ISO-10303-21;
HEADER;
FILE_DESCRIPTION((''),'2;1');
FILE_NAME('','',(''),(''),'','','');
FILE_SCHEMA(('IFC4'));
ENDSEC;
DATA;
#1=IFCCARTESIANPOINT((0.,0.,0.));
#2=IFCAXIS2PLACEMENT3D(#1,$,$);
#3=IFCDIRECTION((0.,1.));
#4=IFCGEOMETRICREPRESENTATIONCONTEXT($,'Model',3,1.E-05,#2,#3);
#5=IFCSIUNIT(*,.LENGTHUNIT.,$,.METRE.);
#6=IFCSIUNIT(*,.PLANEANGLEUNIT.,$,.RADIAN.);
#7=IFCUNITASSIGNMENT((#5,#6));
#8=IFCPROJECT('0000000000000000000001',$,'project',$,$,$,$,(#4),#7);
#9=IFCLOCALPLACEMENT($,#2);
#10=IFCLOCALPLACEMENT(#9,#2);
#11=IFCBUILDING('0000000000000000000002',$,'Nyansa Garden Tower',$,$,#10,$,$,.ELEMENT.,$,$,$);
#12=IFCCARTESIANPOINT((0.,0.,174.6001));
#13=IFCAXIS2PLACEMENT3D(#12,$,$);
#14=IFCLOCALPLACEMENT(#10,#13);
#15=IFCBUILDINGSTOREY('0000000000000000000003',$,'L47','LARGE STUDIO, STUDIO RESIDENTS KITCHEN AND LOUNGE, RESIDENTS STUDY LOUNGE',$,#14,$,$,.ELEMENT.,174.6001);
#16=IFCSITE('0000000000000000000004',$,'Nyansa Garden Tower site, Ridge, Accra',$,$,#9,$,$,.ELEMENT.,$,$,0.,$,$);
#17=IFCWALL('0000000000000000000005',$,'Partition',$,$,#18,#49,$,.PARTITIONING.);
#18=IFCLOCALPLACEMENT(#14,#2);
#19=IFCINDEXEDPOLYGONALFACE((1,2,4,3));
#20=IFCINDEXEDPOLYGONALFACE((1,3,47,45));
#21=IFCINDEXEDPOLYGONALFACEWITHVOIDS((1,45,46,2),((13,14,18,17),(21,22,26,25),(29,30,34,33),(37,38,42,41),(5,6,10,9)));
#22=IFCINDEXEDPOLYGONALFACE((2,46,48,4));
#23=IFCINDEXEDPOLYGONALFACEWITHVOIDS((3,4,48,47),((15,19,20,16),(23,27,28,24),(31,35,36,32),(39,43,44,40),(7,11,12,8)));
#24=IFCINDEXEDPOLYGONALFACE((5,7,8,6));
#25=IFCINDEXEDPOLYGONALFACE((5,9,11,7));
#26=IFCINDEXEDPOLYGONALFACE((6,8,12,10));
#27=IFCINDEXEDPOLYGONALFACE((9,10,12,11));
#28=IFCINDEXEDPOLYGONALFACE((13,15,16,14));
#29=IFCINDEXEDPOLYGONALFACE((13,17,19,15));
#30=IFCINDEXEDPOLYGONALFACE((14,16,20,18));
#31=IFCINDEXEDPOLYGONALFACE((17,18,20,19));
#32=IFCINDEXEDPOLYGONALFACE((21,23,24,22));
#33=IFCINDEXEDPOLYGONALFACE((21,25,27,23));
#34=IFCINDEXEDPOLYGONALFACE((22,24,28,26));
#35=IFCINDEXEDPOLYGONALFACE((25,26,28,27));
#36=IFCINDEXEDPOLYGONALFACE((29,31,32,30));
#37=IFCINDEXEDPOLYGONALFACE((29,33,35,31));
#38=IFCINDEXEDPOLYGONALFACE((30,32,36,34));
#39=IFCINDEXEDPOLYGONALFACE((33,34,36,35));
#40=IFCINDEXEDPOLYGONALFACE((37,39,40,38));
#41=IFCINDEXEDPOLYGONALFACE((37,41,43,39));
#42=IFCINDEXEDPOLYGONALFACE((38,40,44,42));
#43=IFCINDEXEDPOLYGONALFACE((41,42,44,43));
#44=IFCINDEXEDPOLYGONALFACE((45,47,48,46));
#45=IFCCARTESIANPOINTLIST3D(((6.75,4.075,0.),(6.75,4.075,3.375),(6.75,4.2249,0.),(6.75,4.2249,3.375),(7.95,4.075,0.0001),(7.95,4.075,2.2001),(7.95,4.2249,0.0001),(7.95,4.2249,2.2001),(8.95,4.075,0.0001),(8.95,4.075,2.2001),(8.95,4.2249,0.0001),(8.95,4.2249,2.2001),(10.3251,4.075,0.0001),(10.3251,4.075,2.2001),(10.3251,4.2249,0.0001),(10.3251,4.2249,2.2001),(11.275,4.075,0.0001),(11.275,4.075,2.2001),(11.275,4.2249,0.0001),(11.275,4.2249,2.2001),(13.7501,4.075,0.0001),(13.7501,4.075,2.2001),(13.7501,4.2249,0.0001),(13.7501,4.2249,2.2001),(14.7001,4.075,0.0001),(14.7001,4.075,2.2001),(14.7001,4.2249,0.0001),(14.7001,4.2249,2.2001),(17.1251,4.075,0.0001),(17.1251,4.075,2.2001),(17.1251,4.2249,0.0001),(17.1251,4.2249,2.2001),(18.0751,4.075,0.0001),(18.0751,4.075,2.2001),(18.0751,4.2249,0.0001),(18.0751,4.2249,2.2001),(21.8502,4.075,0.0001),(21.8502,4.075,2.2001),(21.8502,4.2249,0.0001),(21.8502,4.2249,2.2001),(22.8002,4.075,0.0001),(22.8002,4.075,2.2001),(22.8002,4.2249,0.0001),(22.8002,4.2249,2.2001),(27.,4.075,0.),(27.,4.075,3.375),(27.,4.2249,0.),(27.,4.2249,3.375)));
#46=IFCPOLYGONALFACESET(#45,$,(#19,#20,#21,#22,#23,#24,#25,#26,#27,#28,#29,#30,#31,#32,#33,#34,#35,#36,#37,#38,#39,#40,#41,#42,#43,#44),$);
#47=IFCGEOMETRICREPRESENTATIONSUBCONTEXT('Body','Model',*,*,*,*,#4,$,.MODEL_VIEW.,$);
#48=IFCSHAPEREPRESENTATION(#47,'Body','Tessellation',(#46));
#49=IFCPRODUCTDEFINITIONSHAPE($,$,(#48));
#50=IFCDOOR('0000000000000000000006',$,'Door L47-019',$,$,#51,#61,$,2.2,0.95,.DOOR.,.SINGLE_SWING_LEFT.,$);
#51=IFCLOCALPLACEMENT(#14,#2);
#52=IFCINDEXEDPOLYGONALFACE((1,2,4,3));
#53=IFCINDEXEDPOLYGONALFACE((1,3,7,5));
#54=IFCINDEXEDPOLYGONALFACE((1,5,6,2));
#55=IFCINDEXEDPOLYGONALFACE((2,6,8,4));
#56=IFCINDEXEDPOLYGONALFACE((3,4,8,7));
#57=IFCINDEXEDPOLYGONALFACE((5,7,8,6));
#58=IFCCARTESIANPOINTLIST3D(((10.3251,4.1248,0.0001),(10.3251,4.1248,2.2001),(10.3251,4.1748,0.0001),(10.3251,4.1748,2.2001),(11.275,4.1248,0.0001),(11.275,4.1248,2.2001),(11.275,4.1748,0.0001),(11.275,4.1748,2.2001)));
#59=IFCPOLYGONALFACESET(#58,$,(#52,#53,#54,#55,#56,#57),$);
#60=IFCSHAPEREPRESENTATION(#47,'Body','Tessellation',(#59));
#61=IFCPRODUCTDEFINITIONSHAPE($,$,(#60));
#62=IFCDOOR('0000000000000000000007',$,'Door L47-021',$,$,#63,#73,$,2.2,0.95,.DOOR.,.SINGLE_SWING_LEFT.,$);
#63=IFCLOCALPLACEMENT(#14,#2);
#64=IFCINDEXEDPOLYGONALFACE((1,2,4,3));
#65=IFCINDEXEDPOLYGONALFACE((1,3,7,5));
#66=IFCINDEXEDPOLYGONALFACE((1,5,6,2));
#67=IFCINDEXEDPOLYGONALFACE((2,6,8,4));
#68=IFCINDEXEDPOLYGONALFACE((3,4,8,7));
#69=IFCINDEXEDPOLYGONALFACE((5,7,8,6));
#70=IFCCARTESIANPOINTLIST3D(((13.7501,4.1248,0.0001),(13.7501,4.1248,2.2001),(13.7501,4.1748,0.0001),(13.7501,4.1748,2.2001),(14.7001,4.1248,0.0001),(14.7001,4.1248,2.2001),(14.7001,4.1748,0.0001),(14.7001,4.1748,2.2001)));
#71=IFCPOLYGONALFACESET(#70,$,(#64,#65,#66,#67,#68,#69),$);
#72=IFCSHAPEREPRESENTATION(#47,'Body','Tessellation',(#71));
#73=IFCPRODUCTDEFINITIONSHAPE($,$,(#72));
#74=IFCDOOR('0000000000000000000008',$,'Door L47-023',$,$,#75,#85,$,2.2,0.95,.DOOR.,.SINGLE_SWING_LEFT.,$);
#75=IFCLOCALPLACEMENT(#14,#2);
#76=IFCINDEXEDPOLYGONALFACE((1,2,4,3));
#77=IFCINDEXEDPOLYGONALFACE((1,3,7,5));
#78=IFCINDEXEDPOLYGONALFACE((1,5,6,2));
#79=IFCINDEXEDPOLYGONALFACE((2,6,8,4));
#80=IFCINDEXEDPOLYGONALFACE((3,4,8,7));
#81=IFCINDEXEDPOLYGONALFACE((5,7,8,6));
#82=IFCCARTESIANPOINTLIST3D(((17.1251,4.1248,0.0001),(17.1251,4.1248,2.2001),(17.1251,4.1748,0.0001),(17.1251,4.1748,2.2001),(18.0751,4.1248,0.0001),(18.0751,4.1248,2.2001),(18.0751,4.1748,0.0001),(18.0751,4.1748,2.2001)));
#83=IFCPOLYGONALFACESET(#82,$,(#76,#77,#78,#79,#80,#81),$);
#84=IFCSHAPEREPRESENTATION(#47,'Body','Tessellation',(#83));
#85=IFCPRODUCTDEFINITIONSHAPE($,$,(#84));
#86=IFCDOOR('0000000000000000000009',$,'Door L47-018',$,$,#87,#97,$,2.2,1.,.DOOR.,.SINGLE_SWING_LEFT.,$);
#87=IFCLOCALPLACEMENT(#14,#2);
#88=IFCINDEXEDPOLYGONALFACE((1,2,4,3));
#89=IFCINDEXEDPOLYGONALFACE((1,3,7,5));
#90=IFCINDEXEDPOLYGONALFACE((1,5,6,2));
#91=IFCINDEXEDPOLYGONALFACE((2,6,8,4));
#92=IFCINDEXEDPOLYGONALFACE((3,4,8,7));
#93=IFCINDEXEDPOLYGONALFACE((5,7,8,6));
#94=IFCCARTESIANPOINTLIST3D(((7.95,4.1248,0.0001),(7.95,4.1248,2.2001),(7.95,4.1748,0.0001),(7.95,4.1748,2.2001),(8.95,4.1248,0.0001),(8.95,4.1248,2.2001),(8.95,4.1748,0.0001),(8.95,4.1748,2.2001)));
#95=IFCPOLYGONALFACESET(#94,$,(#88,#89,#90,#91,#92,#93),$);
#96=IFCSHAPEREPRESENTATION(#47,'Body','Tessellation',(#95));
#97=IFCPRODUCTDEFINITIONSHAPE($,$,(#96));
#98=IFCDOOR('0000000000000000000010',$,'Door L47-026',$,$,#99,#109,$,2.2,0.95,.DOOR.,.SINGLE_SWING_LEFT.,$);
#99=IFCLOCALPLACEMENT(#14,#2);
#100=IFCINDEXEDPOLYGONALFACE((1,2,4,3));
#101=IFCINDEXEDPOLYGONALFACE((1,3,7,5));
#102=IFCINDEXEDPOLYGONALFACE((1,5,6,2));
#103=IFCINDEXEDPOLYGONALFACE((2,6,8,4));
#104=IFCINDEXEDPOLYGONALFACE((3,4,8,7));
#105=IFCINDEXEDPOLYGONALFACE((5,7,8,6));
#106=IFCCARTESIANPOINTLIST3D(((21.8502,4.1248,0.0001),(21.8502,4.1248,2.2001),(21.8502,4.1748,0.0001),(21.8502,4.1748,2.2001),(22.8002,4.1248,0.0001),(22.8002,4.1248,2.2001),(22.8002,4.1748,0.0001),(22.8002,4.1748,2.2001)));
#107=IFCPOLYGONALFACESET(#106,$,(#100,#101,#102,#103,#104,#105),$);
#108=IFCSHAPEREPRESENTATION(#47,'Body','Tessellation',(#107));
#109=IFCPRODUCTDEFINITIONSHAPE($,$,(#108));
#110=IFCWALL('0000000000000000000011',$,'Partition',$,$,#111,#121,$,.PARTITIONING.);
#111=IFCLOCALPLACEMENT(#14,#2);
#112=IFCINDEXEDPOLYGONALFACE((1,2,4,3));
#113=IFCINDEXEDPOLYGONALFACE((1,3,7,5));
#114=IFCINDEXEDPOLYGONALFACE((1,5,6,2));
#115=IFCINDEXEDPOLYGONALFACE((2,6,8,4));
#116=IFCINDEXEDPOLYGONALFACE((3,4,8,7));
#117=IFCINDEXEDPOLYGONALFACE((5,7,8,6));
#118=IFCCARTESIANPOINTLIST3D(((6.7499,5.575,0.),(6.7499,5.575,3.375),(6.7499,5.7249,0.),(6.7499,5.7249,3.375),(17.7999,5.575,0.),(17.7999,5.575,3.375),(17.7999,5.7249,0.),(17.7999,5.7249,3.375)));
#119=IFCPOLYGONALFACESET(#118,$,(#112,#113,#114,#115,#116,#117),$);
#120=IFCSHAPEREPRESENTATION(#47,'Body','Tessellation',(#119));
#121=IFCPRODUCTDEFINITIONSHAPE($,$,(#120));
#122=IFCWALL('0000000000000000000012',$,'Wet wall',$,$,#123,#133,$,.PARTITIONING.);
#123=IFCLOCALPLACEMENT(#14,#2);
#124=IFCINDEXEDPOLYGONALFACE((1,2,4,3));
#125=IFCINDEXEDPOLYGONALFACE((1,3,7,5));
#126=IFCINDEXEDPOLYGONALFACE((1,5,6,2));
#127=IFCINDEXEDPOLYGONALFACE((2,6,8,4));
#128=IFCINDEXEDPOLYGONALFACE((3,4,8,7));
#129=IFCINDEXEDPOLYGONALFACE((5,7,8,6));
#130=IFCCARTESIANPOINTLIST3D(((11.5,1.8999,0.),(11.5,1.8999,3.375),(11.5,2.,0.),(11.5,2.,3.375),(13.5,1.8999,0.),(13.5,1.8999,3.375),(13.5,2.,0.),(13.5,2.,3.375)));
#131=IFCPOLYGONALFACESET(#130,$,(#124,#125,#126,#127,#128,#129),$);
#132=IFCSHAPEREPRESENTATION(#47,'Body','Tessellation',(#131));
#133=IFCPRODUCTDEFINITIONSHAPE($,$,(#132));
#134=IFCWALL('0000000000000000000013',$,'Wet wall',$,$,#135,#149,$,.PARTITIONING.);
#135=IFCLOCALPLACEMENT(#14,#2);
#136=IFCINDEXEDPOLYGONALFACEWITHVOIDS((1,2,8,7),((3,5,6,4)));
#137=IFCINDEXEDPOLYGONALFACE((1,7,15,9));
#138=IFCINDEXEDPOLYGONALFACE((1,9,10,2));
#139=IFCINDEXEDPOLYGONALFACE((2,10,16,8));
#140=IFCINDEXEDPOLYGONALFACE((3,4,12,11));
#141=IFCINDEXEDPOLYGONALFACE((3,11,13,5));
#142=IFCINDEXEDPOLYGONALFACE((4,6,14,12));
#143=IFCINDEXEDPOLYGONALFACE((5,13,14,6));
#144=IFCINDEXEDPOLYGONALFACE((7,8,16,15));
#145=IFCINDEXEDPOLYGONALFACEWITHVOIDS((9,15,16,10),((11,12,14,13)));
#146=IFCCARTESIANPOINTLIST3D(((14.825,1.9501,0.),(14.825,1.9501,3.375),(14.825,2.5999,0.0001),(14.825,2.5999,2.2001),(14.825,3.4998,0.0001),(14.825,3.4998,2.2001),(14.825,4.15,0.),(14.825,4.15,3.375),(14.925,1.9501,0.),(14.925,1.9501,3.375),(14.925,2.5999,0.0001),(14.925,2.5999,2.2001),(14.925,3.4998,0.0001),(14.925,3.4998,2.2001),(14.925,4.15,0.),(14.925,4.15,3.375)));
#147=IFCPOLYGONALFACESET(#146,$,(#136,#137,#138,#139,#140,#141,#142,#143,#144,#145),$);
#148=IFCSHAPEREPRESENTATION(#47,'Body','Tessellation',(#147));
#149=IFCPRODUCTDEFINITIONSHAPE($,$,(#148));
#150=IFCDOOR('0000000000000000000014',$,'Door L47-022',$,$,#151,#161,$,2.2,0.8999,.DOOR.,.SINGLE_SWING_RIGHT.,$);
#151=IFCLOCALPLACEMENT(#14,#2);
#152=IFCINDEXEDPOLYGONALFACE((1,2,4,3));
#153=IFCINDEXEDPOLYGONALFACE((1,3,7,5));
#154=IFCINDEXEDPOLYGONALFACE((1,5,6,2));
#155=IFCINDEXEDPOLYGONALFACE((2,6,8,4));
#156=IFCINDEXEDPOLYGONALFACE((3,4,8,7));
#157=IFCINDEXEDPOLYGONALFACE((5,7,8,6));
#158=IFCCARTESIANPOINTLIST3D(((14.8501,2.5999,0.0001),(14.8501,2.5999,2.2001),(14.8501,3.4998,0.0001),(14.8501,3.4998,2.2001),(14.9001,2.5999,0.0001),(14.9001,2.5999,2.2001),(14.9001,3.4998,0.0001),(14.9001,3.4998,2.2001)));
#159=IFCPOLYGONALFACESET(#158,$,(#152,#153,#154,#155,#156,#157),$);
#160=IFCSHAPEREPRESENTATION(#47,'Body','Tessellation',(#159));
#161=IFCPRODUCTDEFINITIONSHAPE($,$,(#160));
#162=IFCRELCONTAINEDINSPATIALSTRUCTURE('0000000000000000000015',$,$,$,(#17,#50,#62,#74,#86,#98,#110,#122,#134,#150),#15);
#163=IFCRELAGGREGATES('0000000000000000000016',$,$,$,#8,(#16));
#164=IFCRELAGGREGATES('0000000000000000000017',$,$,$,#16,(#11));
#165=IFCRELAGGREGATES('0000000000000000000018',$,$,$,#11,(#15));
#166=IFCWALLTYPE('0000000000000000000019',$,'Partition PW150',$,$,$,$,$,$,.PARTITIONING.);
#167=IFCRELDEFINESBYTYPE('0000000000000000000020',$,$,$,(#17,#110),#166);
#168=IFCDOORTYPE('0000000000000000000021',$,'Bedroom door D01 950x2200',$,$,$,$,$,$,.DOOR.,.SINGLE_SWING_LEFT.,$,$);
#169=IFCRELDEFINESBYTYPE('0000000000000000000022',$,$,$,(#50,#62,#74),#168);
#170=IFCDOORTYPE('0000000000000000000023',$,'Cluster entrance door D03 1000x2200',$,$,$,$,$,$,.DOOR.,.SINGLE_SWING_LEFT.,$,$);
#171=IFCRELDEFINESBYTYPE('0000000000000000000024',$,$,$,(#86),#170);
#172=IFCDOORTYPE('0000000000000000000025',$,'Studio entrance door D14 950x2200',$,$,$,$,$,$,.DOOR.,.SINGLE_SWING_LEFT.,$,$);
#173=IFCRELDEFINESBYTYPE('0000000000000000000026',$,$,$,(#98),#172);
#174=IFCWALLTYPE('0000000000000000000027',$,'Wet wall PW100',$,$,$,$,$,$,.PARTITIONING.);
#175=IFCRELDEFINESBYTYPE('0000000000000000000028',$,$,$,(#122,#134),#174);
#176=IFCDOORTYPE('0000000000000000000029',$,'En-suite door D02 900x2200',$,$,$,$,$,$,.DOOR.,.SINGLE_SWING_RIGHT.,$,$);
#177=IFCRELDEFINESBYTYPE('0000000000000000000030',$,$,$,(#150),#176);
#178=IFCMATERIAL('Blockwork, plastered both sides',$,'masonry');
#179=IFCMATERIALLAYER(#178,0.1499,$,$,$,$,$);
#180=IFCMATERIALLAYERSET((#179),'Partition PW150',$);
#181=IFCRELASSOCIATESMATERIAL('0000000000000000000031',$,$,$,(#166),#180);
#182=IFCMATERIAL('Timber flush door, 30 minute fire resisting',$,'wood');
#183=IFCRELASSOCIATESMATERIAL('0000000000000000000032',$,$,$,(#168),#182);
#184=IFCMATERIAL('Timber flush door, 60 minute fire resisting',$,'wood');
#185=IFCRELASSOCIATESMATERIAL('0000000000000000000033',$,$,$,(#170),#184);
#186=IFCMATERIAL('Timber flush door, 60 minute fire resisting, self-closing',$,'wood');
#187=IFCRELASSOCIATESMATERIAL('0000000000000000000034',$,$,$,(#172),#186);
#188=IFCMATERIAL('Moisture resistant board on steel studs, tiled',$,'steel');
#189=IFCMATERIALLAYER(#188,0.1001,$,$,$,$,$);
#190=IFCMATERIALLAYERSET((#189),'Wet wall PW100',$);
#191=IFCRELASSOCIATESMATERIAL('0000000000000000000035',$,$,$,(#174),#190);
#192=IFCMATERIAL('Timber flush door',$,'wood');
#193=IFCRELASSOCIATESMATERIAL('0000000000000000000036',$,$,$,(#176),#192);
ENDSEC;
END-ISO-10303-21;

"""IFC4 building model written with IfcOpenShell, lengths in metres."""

from ifc_helpers import new_model, si_unit, direction, frame, frame_2d, origin, place, context, subcontext, project, spatial, rectangle, extrude, material, layer, layer_set, type_object, element, fill, save


model = new_model("IFC4")

# Units and contexts
model_context = context("Model", 3, precision=1e-05, world=origin(), true_north=direction((0.0, 1.0)))
body_context = subcontext(model_context, "Body", "Model", "MODEL_VIEW")
ifc_project = project(units=[si_unit("LENGTHUNIT", "METRE"), si_unit("PLANEANGLEUNIT", "RADIAN")], contexts=[model_context])

# Site, building, storey
site_placement = place(None, origin())
site = spatial("IfcSite", under=ifc_project, at=site_placement, Name="Nyansa Garden Tower site, Ridge, Accra", CompositionType="ELEMENT", RefElevation=0.0)
building_placement = place(site_placement, origin())
building = spatial("IfcBuilding", under=site, at=building_placement, Name="Nyansa Garden Tower", CompositionType="ELEMENT")
storey_placement = place(building_placement, frame((0.0, 0.0, 174.6001)))
storey = spatial("IfcBuildingStorey", under=building, at=storey_placement, Name="L47", Description="LARGE STUDIO, STUDIO RESIDENTS KITCHEN AND LOUNGE, RESIDENTS STUDY LOUNGE", CompositionType="ELEMENT", Elevation=174.6001)

# Shared definitions
ifc_material_1 = material(Name="Blockwork, plastered both sides", Category="masonry")
ifc_layer_1 = layer(ifc_material_1, 0.1499)
ifc_layer_set_1 = layer_set([ifc_layer_1], Name="Partition PW150")
wall_type_1 = type_object("IfcWallType", Name="Partition PW150", PredefinedType="PARTITIONING", material=ifc_layer_set_1)

# Wall, openings, doors
wall_1_placement = place(storey_placement, frame((6.75, 4.1499, 0.0), z_axis=(0.0, 0.0, 1.0), x_axis=(1.0, 0.0, 0.0)))
wall_1 = element("IfcWall", 1, at=wall_1_placement, inside=storey, type_object=wall_type_1, Name="Partition", PredefinedType="PARTITIONING", context=body_context, shape_type="SweptSolid", body=[
    extrude(rectangle(XDim=20.25, YDim=0.1499, at=frame_2d((10.125, 0.0))), origin(), (0.0, 0.0, 1.0), 3.375),
])
opening_1_placement = place(wall_1_placement, frame((1.2, 0.0, 0.0)))
opening_1 = element("IfcOpeningElement", 2, at=opening_1_placement, cuts=wall_1, PredefinedType="OPENING", context=body_context, shape_type="SweptSolid", body=[
    extrude(rectangle(XDim=1.0, YDim=2.2, at=frame_2d((0.5, 1.1001))), frame((0.0, 0.085, 0.0), z_axis=(0.0, -1.0, 0.0), x_axis=(1.0, 0.0, 0.0)), (0.0, 0.0, 1.0), 0.1699),
])
opening_2_placement = place(wall_1_placement, frame((3.575, 0.0, 0.0)))
opening_2 = element("IfcOpeningElement", 3, at=opening_2_placement, cuts=wall_1, PredefinedType="OPENING", context=body_context, shape_type="SweptSolid", body=[
    extrude(rectangle(XDim=0.95, YDim=2.2, at=frame_2d((0.4751, 1.1001))), frame((0.0, 0.085, 0.0), z_axis=(0.0, -1.0, 0.0), x_axis=(1.0, 0.0, 0.0)), (0.0, 0.0, 1.0), 0.1699),
])
opening_3_placement = place(wall_1_placement, frame((7.0, 0.0, 0.0)))
opening_3 = element("IfcOpeningElement", 4, at=opening_3_placement, cuts=wall_1, PredefinedType="OPENING", context=body_context, shape_type="SweptSolid", body=[
    extrude(rectangle(XDim=0.95, YDim=2.2, at=frame_2d((0.4751, 1.1001))), frame((0.0, 0.085, 0.0), z_axis=(0.0, -1.0, 0.0), x_axis=(1.0, 0.0, 0.0)), (0.0, 0.0, 1.0), 0.1699),
])
opening_4_placement = place(wall_1_placement, frame((10.375, 0.0, 0.0)))
opening_4 = element("IfcOpeningElement", 5, at=opening_4_placement, cuts=wall_1, PredefinedType="OPENING", context=body_context, shape_type="SweptSolid", body=[
    extrude(rectangle(XDim=0.95, YDim=2.2, at=frame_2d((0.4751, 1.1001))), frame((0.0, 0.085, 0.0), z_axis=(0.0, -1.0, 0.0), x_axis=(1.0, 0.0, 0.0)), (0.0, 0.0, 1.0), 0.1699),
])
opening_5_placement = place(wall_1_placement, frame((15.1001, 0.0, 0.0)))
opening_5 = element("IfcOpeningElement", 6, at=opening_5_placement, cuts=wall_1, PredefinedType="OPENING", context=body_context, shape_type="SweptSolid", body=[
    extrude(rectangle(XDim=0.95, YDim=2.2, at=frame_2d((0.4751, 1.1001))), frame((0.0, 0.085, 0.0), z_axis=(0.0, -1.0, 0.0), x_axis=(1.0, 0.0, 0.0)), (0.0, 0.0, 1.0), 0.1699),
])
ifc_material_2 = material(Name="Timber flush door, 30 minute fire resisting", Category="wood")
door_type_1 = type_object("IfcDoorType", Name="Bedroom door D01 950x2200", OperationType="SINGLE_SWING_LEFT", PredefinedType="DOOR", material=ifc_material_2)
door_1_placement = place(opening_2_placement, origin())
door_1 = element("IfcDoor", 7, at=door_1_placement, inside=storey, type_object=door_type_1, Name="Door L47-019", OperationType="SINGLE_SWING_LEFT", OverallHeight=2.2, OverallWidth=0.95, PredefinedType="DOOR", context=body_context, shape_type="SweptSolid", body=[
    extrude(rectangle(XDim=0.95, YDim=2.2, at=frame_2d((0.4751, 1.1001))), frame((0.0, 0.0249, 0.0), z_axis=(0.0, -1.0, 0.0), x_axis=(1.0, 0.0, 0.0)), (0.0, 0.0, 1.0), 0.05),
])
fill(opening_2, door_1)
door_2_placement = place(opening_3_placement, origin())
door_2 = element("IfcDoor", 8, at=door_2_placement, inside=storey, type_object=door_type_1, Name="Door L47-021", OperationType="SINGLE_SWING_LEFT", OverallHeight=2.2, OverallWidth=0.95, PredefinedType="DOOR", context=body_context, shape_type="SweptSolid", body=[
    extrude(rectangle(XDim=0.95, YDim=2.2, at=frame_2d((0.4751, 1.1001))), frame((0.0, 0.0249, 0.0), z_axis=(0.0, -1.0, 0.0), x_axis=(1.0, 0.0, 0.0)), (0.0, 0.0, 1.0), 0.05),
])
fill(opening_3, door_2)
door_3_placement = place(opening_4_placement, origin())
door_3 = element("IfcDoor", 9, at=door_3_placement, inside=storey, type_object=door_type_1, Name="Door L47-023", OperationType="SINGLE_SWING_LEFT", OverallHeight=2.2, OverallWidth=0.95, PredefinedType="DOOR", context=body_context, shape_type="SweptSolid", body=[
    extrude(rectangle(XDim=0.95, YDim=2.2, at=frame_2d((0.4751, 1.1001))), frame((0.0, 0.0249, 0.0), z_axis=(0.0, -1.0, 0.0), x_axis=(1.0, 0.0, 0.0)), (0.0, 0.0, 1.0), 0.05),
])
fill(opening_4, door_3)
ifc_material_3 = material(Name="Timber flush door, 60 minute fire resisting", Category="wood")
door_type_2 = type_object("IfcDoorType", Name="Cluster entrance door D03 1000x2200", OperationType="SINGLE_SWING_LEFT", PredefinedType="DOOR", material=ifc_material_3)
door_4_placement = place(opening_1_placement, origin())
door_4 = element("IfcDoor", 10, at=door_4_placement, inside=storey, type_object=door_type_2, Name="Door L47-018", OperationType="SINGLE_SWING_LEFT", OverallHeight=2.2, OverallWidth=1.0, PredefinedType="DOOR", context=body_context, shape_type="SweptSolid", body=[
    extrude(rectangle(XDim=1.0, YDim=2.2, at=frame_2d((0.5, 1.1001))), frame((0.0, 0.0249, 0.0), z_axis=(0.0, -1.0, 0.0), x_axis=(1.0, 0.0, 0.0)), (0.0, 0.0, 1.0), 0.05),
])
fill(opening_1, door_4)
ifc_material_4 = material(Name="Timber flush door, 60 minute fire resisting, self-closing", Category="wood")
door_type_3 = type_object("IfcDoorType", Name="Studio entrance door D14 950x2200", OperationType="SINGLE_SWING_LEFT", PredefinedType="DOOR", material=ifc_material_4)
door_5_placement = place(opening_5_placement, origin())
door_5 = element("IfcDoor", 11, at=door_5_placement, inside=storey, type_object=door_type_3, Name="Door L47-026", OperationType="SINGLE_SWING_LEFT", OverallHeight=2.2, OverallWidth=0.95, PredefinedType="DOOR", context=body_context, shape_type="SweptSolid", body=[
    extrude(rectangle(XDim=0.95, YDim=2.2, at=frame_2d((0.4751, 1.1001))), frame((0.0, 0.0249, 0.0), z_axis=(0.0, -1.0, 0.0), x_axis=(1.0, 0.0, 0.0)), (0.0, 0.0, 1.0), 0.05),
])
fill(opening_5, door_5)

# Walls
wall_2_placement = place(storey_placement, frame((6.75, 5.6499, 0.0), z_axis=(0.0, 0.0, 1.0), x_axis=(1.0, 0.0, 0.0)))
element("IfcWall", 12, at=wall_2_placement, inside=storey, type_object=wall_type_1, Name="Partition", PredefinedType="PARTITIONING", context=body_context, shape_type="SweptSolid", body=[
    extrude(rectangle(XDim=11.05, YDim=0.1499, at=frame_2d((5.5249, 0.0))), origin(), (0.0, 0.0, 1.0), 3.375),
])
ifc_material_5 = material(Name="Moisture resistant board on steel studs, tiled", Category="steel")
ifc_layer_2 = layer(ifc_material_5, 0.1001)
ifc_layer_set_2 = layer_set([ifc_layer_2], Name="Wet wall PW100")
wall_type_2 = type_object("IfcWallType", Name="Wet wall PW100", PredefinedType="PARTITIONING", material=ifc_layer_set_2)
wall_3_placement = place(storey_placement, frame((11.5, 1.95, 0.0), z_axis=(0.0, 0.0, 1.0), x_axis=(1.0, 0.0, 0.0)))
element("IfcWall", 13, at=wall_3_placement, inside=storey, type_object=wall_type_2, Name="Wet wall", PredefinedType="PARTITIONING", context=body_context, shape_type="SweptSolid", body=[
    extrude(rectangle(XDim=2.0, YDim=0.1001, at=frame_2d((1.0, 0.0))), origin(), (0.0, 0.0, 1.0), 3.375),
])

# Wall, opening, door
wall_4_placement = place(storey_placement, frame((14.875, 1.95, 0.0), z_axis=(0.0, 0.0, 1.0), x_axis=(0.0, 1.0, 0.0)))
wall_4 = element("IfcWall", 14, at=wall_4_placement, inside=storey, type_object=wall_type_2, Name="Wet wall", PredefinedType="PARTITIONING", context=body_context, shape_type="SweptSolid", body=[
    extrude(rectangle(XDim=2.2, YDim=0.1001, at=frame_2d((1.1001, 0.0))), origin(), (0.0, 0.0, 1.0), 3.375),
])
opening_6_placement = place(wall_4_placement, frame((0.6499, 0.0, 0.0)))
opening_6 = element("IfcOpeningElement", 15, at=opening_6_placement, cuts=wall_4, PredefinedType="OPENING", context=body_context, shape_type="SweptSolid", body=[
    extrude(rectangle(XDim=0.8999, YDim=2.2, at=frame_2d((0.45, 1.1001))), frame((0.0, 0.0601, 0.0), z_axis=(0.0, -1.0, 0.0), x_axis=(1.0, 0.0, 0.0)), (0.0, 0.0, 1.0), 0.1201),
])
ifc_material_6 = material(Name="Timber flush door", Category="wood")
door_type_4 = type_object("IfcDoorType", Name="En-suite door D02 900x2200", OperationType="SINGLE_SWING_RIGHT", PredefinedType="DOOR", material=ifc_material_6)
door_6_placement = place(opening_6_placement, origin())
door_6 = element("IfcDoor", 16, at=door_6_placement, inside=storey, type_object=door_type_4, Name="Door L47-022", OperationType="SINGLE_SWING_RIGHT", OverallHeight=2.2, OverallWidth=0.8999, PredefinedType="DOOR", context=body_context, shape_type="SweptSolid", body=[
    extrude(rectangle(XDim=0.8999, YDim=2.2, at=frame_2d((0.45, 1.1001))), frame((0.0, 0.0249, 0.0), z_axis=(0.0, -1.0, 0.0), x_axis=(1.0, 0.0, 0.0)), (0.0, 0.0, 1.0), 0.05),
])
fill(opening_6, door_6)

save(model, "model.ifc")
